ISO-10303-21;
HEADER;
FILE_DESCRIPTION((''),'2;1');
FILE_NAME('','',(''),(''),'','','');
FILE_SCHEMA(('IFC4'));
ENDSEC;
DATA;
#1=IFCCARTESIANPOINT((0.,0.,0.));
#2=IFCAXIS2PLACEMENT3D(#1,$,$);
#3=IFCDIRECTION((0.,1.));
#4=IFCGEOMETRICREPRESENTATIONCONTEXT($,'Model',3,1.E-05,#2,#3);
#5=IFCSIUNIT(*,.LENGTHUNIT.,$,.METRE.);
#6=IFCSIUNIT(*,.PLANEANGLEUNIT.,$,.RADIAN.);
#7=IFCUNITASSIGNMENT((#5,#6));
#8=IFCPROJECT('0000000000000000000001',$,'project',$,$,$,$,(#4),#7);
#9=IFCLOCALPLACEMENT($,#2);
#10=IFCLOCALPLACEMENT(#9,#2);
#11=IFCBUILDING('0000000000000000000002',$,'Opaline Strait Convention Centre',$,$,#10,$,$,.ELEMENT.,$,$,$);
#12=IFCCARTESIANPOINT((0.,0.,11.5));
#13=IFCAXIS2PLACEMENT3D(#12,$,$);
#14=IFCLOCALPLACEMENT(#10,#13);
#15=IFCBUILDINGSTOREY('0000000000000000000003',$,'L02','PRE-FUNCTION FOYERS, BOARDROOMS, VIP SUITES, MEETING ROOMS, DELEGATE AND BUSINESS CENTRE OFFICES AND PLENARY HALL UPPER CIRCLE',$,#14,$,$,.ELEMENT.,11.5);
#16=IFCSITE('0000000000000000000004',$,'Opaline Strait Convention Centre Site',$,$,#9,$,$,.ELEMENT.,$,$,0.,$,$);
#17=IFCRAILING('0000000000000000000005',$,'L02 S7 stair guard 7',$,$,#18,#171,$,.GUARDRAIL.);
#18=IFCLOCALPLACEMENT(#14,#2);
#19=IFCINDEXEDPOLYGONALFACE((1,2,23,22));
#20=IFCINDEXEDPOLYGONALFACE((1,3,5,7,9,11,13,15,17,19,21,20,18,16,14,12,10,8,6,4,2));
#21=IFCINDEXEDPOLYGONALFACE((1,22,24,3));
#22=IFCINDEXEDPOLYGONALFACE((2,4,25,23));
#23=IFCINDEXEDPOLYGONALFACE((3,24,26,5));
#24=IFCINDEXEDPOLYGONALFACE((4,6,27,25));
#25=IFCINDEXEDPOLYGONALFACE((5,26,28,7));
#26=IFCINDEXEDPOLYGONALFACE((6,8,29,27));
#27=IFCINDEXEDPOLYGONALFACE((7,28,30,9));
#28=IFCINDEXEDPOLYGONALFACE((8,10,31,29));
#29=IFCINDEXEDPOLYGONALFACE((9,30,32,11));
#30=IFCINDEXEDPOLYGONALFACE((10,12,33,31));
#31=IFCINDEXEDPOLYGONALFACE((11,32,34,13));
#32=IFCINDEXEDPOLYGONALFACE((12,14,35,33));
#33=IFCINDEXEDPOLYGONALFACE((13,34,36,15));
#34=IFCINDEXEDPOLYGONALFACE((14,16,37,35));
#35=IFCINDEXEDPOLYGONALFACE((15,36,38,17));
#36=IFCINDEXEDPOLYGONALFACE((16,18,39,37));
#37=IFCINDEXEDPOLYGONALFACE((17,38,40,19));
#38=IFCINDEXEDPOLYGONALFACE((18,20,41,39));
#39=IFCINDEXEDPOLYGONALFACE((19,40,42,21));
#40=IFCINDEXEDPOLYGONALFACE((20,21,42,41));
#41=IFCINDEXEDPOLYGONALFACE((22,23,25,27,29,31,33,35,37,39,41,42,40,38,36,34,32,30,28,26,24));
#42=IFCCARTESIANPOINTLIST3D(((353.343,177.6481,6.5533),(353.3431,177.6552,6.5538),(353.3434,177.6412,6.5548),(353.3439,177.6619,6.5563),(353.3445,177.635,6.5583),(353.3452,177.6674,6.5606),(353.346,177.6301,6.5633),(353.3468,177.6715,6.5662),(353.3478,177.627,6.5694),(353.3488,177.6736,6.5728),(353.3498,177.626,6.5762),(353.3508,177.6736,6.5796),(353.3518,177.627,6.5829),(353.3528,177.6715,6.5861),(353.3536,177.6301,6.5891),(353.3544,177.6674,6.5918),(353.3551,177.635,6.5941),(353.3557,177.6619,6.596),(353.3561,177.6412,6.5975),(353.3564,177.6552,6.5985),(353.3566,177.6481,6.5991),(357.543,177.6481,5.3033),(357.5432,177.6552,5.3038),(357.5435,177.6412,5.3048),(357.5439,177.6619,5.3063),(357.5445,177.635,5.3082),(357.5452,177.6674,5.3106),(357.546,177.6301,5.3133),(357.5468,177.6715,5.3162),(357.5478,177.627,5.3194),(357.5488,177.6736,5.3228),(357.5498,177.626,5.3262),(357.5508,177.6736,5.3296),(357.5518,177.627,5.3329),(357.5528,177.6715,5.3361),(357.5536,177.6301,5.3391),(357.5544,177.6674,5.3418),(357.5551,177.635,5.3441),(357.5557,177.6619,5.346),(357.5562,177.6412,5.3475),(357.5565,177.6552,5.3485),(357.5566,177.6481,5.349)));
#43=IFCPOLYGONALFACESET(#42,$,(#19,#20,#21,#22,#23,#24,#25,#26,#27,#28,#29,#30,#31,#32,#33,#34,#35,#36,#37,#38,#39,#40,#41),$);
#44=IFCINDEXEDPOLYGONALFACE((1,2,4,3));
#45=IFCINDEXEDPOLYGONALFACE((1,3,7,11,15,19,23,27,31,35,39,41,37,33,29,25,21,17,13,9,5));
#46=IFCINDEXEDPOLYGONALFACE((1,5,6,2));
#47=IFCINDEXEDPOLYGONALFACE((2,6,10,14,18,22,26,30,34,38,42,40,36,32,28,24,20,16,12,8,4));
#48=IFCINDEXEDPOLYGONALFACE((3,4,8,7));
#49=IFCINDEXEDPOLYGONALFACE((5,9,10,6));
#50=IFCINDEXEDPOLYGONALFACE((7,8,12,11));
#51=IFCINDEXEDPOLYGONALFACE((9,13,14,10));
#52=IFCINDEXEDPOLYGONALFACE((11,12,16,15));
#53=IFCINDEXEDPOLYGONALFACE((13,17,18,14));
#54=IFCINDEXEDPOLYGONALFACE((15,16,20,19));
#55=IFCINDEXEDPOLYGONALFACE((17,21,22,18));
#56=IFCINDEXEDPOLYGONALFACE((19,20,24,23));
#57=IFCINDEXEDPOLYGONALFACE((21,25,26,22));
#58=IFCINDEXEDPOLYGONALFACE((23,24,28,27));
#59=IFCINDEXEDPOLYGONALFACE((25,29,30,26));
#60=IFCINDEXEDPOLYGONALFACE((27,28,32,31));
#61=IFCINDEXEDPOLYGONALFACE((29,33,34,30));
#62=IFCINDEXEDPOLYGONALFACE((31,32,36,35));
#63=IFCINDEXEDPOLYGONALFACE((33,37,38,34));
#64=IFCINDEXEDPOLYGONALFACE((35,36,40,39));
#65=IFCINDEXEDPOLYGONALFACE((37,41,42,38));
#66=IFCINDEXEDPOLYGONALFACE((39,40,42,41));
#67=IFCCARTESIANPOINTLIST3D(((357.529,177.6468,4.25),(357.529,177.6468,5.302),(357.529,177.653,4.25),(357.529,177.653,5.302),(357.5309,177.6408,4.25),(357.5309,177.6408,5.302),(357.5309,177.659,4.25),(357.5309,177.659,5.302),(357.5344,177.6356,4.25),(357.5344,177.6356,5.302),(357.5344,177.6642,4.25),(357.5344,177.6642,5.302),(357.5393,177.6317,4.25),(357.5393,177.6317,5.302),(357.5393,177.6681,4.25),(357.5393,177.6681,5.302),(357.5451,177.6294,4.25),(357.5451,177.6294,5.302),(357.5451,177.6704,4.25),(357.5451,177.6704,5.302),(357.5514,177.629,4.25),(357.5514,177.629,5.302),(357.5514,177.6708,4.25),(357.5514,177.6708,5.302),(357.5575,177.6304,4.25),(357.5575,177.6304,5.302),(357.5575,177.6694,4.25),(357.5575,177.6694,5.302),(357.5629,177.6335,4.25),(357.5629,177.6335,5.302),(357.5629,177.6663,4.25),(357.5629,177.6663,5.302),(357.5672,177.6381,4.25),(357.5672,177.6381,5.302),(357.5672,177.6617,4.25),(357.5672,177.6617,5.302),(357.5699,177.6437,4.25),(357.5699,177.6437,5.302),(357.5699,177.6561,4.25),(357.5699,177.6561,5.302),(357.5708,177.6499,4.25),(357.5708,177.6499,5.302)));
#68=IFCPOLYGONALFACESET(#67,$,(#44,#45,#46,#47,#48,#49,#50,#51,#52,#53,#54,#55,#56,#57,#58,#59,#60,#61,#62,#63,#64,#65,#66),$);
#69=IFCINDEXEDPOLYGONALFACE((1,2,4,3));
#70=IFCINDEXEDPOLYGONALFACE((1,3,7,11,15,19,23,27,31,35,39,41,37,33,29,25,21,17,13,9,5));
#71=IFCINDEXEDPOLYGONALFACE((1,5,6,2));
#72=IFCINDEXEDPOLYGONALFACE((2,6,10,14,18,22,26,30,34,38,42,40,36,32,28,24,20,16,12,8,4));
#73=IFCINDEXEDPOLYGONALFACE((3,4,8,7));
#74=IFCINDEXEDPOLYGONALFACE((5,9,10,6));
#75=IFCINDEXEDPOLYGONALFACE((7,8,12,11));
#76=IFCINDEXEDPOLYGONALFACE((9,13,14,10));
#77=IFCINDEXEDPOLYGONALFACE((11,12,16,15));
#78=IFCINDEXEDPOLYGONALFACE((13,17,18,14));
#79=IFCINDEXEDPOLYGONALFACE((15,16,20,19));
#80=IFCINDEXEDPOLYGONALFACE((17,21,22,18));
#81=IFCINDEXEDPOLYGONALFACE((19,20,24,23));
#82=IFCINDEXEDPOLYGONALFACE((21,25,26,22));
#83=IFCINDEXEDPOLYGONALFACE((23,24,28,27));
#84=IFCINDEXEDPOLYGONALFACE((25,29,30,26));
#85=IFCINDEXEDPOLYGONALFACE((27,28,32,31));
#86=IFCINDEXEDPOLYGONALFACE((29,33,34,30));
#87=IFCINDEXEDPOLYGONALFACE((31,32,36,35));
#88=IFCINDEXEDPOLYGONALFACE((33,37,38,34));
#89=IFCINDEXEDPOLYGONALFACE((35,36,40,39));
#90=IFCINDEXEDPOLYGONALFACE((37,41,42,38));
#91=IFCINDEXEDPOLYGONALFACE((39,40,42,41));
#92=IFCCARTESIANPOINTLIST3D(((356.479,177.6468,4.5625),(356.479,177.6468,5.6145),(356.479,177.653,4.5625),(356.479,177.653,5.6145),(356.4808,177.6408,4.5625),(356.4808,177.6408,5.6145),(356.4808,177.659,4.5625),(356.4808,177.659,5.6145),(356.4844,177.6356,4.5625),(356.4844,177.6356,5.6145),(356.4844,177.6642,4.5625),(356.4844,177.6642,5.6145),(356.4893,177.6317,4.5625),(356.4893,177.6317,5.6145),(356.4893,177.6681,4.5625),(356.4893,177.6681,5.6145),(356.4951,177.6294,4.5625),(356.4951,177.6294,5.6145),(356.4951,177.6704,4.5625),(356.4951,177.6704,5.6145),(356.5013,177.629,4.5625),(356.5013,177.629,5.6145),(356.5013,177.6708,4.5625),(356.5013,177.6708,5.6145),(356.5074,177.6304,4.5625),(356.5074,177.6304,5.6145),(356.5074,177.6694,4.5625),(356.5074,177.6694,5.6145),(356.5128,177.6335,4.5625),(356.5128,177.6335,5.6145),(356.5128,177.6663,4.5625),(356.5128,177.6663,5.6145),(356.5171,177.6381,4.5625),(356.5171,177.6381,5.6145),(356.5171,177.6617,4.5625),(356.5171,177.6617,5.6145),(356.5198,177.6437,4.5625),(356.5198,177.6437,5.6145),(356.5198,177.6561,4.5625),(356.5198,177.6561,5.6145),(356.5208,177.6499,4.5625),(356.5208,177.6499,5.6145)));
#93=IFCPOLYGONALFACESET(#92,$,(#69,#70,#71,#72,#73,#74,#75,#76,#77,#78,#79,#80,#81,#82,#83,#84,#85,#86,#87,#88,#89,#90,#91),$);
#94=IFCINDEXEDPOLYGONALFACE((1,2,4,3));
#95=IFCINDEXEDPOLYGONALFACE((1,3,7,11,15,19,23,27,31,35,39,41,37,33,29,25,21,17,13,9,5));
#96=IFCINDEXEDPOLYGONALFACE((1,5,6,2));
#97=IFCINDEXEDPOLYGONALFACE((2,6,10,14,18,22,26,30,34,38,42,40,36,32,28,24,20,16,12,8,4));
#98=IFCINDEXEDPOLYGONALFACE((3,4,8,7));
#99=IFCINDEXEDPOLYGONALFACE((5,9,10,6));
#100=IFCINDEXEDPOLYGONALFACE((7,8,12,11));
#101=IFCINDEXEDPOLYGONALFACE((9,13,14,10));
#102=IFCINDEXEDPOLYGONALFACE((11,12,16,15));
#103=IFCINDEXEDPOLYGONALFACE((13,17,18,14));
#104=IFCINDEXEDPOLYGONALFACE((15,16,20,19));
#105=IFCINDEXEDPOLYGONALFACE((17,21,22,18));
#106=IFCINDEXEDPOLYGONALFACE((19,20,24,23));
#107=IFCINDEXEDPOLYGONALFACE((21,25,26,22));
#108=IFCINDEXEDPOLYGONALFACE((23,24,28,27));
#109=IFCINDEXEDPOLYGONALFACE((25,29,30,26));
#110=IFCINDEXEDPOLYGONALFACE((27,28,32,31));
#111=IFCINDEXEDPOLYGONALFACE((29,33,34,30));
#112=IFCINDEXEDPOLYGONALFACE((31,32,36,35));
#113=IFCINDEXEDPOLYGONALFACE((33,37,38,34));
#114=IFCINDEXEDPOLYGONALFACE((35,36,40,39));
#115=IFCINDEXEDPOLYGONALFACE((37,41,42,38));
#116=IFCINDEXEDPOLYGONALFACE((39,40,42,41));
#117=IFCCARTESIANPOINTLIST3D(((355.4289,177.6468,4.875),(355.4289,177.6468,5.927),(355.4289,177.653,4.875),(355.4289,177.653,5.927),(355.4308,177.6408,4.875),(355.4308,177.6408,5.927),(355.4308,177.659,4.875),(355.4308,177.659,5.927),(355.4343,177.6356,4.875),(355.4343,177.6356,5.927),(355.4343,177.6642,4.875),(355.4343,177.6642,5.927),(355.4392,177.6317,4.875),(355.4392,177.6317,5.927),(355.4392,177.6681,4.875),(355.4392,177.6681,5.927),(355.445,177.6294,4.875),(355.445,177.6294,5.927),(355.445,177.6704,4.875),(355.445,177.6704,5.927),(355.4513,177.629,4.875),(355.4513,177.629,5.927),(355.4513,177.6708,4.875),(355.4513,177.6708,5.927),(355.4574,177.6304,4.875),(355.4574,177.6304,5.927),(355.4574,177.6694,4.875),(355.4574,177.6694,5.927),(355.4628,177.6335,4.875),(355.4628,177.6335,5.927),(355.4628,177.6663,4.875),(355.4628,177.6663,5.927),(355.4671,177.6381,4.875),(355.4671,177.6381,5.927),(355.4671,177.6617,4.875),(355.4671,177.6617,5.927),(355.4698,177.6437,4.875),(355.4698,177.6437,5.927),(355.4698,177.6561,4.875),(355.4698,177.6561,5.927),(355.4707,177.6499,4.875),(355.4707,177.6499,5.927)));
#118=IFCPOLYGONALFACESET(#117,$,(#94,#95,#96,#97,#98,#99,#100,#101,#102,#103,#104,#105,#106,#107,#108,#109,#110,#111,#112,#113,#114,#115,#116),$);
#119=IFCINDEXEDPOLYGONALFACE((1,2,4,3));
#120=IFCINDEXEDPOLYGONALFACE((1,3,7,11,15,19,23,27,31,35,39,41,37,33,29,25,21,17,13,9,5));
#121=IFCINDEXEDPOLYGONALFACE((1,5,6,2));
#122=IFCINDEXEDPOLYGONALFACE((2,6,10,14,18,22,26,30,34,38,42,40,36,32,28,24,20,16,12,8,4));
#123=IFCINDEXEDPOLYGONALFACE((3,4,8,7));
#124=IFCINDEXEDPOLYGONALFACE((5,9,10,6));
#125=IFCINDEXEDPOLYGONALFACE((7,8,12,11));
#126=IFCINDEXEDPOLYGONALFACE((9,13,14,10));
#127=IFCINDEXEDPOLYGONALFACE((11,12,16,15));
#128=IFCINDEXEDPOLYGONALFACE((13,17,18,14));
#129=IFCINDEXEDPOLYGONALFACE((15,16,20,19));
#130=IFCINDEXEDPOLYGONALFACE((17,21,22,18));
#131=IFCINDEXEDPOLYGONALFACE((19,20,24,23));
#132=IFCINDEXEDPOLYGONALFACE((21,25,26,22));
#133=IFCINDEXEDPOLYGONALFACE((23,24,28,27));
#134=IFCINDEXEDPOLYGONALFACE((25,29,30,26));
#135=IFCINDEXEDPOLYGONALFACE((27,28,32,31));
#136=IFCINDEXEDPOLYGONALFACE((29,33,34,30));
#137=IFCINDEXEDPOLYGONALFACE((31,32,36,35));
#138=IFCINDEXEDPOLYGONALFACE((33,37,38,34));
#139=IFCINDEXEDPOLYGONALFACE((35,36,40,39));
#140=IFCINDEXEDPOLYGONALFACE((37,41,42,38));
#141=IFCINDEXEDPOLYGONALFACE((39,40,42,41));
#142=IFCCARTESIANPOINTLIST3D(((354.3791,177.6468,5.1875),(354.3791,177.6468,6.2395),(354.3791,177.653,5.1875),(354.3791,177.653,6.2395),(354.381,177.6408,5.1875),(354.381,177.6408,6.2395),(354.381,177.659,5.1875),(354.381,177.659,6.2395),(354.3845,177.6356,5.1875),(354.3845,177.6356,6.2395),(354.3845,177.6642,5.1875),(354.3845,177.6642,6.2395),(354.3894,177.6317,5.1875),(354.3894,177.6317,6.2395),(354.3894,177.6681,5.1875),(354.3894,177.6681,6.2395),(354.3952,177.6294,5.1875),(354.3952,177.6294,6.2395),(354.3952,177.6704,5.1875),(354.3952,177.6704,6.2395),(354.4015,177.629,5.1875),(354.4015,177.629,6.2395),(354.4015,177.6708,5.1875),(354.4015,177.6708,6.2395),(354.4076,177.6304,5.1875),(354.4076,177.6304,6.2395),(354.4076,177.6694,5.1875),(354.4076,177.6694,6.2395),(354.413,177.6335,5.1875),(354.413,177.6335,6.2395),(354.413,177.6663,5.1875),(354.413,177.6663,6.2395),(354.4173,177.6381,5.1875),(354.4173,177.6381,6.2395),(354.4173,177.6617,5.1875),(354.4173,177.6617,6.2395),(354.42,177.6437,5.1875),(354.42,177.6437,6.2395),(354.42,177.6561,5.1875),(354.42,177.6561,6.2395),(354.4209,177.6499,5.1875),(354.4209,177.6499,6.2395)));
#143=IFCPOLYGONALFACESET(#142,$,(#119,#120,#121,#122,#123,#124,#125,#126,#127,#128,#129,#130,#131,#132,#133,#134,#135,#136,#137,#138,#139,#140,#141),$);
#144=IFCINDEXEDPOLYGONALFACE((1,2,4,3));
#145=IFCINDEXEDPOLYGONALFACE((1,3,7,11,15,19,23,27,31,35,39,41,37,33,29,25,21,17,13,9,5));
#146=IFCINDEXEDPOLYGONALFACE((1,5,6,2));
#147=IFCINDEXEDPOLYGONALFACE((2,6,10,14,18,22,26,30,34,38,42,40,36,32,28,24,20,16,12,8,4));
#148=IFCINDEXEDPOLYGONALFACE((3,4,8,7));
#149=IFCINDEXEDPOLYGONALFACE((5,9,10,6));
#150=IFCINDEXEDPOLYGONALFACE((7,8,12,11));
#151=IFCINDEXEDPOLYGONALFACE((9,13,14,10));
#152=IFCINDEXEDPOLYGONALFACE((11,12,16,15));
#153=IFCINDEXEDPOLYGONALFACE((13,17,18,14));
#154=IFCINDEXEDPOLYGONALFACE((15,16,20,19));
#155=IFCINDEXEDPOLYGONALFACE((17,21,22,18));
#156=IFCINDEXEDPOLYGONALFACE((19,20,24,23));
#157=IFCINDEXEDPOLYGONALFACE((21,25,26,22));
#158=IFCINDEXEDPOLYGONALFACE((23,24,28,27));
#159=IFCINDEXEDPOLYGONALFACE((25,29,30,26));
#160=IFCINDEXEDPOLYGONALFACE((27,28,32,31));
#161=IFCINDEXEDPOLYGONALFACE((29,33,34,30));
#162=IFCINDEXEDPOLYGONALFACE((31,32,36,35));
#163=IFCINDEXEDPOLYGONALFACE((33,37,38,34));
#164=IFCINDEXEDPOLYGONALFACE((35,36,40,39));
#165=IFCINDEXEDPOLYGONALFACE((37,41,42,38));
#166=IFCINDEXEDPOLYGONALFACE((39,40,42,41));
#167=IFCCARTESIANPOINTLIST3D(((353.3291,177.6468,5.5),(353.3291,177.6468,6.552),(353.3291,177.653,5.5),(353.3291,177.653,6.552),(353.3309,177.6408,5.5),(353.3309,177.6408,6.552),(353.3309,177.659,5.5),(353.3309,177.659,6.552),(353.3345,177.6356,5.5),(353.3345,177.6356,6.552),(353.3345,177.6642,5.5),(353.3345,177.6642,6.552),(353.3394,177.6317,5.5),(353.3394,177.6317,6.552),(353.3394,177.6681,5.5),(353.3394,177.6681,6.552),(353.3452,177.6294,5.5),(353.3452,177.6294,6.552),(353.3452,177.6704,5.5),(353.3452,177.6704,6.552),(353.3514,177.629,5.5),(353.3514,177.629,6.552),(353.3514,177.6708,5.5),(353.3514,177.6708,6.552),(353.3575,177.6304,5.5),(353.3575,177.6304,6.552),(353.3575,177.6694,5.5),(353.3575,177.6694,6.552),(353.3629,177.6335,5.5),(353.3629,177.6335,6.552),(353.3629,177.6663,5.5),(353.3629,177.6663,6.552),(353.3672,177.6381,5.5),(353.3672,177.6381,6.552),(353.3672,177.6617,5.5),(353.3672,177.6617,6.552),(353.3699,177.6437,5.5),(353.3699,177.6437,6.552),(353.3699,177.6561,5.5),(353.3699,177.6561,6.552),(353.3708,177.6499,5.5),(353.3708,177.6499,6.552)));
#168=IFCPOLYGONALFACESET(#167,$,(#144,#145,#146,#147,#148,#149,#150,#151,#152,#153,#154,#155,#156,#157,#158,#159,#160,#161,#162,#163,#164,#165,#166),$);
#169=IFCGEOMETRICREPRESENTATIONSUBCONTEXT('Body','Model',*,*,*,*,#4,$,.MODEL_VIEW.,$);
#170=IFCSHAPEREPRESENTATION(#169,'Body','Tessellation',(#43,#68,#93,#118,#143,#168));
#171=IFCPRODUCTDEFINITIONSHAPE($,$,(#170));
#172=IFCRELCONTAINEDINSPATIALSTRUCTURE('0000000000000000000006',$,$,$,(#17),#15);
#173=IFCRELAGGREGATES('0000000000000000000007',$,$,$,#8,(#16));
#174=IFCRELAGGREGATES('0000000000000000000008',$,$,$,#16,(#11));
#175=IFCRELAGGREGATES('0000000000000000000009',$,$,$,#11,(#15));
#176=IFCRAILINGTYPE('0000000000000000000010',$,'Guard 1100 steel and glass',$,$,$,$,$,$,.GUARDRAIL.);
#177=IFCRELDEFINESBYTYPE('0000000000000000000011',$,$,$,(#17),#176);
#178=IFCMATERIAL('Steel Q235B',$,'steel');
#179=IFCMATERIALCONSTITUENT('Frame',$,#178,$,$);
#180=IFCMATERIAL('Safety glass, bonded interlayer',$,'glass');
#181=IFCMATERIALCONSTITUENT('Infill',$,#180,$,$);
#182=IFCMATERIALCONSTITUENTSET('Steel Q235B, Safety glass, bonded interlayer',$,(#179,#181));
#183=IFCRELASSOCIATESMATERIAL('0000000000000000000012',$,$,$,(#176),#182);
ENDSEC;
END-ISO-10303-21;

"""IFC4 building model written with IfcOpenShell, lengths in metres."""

from ifc_helpers import new_model, si_unit, direction, frame, origin, origin_2d, place, context, subcontext, project, spatial, circle, extrude, material, constituent, constituent_set, type_object, element, save


model = new_model("IFC4")

# Units and contexts
model_context = context("Model", 3, precision=1e-05, world=origin(), true_north=direction((0.0, 1.0)))
body_context = subcontext(model_context, "Body", "Model", "MODEL_VIEW")
ifc_project = project(units=[si_unit("LENGTHUNIT", "METRE"), si_unit("PLANEANGLEUNIT", "RADIAN")], contexts=[model_context])

# Site, building, storey
site_placement = place(None, origin())
site = spatial("IfcSite", under=ifc_project, at=site_placement, Name="Opaline Strait Convention Centre Site", CompositionType="ELEMENT", RefElevation=0.0)
building_placement = place(site_placement, origin())
building = spatial("IfcBuilding", under=site, at=building_placement, Name="Opaline Strait Convention Centre", CompositionType="ELEMENT")
storey_placement = place(building_placement, frame((0.0, 0.0, 11.5)))
storey = spatial("IfcBuildingStorey", under=building, at=storey_placement, Name="L02", Description="PRE-FUNCTION FOYERS, BOARDROOMS, VIP SUITES, MEETING ROOMS, DELEGATE AND BUSINESS CENTRE OFFICES AND PLENARY HALL UPPER CIRCLE", CompositionType="ELEMENT", Elevation=11.5)

# Railing
ifc_material_1 = material(Name="Steel Q235B", Category="steel")
ifc_constituent_1 = constituent(ifc_material_1, Name="Frame")
ifc_material_2 = material(Name="Safety glass, bonded interlayer", Category="glass")
ifc_constituent_2 = constituent(ifc_material_2, Name="Infill")
ifc_constituent_set = constituent_set(constituents=[ifc_constituent_1, ifc_constituent_2], Name="Steel Q235B, Safety glass, bonded interlayer")
railing_type_1 = type_object("IfcRailingType", Name="Guard 1100 steel and glass", PredefinedType="GUARDRAIL", material=ifc_constituent_set)
railing_1_placement = place(storey_placement, frame((357.5498, 177.6499, 4.25)))
element("IfcRailing", 1, at=railing_1_placement, inside=storey, type_object=railing_type_1, Name="L02 S7 stair guard 7", PredefinedType="GUARDRAIL", context=body_context, shape_type="SweptSolid", body=[
    extrude(circle(Radius=0.0239, at=origin_2d()), frame((0.0, 0.0, 1.0762), z_axis=(-0.958451, 0.0, 0.285257), x_axis=(0.0, -1.0, 0.0)), (0.0, 0.0, 1.0), 4.3821),
    extrude(circle(Radius=0.021, at=origin_2d()), origin(), (0.0, 0.0, 1.0), 1.052),
    extrude(circle(Radius=0.021, at=origin_2d()), frame((-1.05, 0.0, 0.3125)), (0.0, 0.0, 1.0), 1.052),
    extrude(circle(Radius=0.021, at=origin_2d()), frame((-2.1001, 0.0, 0.625)), (0.0, 0.0, 1.0), 1.052),
    extrude(circle(Radius=0.021, at=origin_2d()), frame((-3.1499, 0.0, 0.9375)), (0.0, 0.0, 1.0), 1.052),
    extrude(circle(Radius=0.021, at=origin_2d()), frame((-4.2, 0.0, 1.25)), (0.0, 0.0, 1.0), 1.052),
])

save(model, "model.ifc")
